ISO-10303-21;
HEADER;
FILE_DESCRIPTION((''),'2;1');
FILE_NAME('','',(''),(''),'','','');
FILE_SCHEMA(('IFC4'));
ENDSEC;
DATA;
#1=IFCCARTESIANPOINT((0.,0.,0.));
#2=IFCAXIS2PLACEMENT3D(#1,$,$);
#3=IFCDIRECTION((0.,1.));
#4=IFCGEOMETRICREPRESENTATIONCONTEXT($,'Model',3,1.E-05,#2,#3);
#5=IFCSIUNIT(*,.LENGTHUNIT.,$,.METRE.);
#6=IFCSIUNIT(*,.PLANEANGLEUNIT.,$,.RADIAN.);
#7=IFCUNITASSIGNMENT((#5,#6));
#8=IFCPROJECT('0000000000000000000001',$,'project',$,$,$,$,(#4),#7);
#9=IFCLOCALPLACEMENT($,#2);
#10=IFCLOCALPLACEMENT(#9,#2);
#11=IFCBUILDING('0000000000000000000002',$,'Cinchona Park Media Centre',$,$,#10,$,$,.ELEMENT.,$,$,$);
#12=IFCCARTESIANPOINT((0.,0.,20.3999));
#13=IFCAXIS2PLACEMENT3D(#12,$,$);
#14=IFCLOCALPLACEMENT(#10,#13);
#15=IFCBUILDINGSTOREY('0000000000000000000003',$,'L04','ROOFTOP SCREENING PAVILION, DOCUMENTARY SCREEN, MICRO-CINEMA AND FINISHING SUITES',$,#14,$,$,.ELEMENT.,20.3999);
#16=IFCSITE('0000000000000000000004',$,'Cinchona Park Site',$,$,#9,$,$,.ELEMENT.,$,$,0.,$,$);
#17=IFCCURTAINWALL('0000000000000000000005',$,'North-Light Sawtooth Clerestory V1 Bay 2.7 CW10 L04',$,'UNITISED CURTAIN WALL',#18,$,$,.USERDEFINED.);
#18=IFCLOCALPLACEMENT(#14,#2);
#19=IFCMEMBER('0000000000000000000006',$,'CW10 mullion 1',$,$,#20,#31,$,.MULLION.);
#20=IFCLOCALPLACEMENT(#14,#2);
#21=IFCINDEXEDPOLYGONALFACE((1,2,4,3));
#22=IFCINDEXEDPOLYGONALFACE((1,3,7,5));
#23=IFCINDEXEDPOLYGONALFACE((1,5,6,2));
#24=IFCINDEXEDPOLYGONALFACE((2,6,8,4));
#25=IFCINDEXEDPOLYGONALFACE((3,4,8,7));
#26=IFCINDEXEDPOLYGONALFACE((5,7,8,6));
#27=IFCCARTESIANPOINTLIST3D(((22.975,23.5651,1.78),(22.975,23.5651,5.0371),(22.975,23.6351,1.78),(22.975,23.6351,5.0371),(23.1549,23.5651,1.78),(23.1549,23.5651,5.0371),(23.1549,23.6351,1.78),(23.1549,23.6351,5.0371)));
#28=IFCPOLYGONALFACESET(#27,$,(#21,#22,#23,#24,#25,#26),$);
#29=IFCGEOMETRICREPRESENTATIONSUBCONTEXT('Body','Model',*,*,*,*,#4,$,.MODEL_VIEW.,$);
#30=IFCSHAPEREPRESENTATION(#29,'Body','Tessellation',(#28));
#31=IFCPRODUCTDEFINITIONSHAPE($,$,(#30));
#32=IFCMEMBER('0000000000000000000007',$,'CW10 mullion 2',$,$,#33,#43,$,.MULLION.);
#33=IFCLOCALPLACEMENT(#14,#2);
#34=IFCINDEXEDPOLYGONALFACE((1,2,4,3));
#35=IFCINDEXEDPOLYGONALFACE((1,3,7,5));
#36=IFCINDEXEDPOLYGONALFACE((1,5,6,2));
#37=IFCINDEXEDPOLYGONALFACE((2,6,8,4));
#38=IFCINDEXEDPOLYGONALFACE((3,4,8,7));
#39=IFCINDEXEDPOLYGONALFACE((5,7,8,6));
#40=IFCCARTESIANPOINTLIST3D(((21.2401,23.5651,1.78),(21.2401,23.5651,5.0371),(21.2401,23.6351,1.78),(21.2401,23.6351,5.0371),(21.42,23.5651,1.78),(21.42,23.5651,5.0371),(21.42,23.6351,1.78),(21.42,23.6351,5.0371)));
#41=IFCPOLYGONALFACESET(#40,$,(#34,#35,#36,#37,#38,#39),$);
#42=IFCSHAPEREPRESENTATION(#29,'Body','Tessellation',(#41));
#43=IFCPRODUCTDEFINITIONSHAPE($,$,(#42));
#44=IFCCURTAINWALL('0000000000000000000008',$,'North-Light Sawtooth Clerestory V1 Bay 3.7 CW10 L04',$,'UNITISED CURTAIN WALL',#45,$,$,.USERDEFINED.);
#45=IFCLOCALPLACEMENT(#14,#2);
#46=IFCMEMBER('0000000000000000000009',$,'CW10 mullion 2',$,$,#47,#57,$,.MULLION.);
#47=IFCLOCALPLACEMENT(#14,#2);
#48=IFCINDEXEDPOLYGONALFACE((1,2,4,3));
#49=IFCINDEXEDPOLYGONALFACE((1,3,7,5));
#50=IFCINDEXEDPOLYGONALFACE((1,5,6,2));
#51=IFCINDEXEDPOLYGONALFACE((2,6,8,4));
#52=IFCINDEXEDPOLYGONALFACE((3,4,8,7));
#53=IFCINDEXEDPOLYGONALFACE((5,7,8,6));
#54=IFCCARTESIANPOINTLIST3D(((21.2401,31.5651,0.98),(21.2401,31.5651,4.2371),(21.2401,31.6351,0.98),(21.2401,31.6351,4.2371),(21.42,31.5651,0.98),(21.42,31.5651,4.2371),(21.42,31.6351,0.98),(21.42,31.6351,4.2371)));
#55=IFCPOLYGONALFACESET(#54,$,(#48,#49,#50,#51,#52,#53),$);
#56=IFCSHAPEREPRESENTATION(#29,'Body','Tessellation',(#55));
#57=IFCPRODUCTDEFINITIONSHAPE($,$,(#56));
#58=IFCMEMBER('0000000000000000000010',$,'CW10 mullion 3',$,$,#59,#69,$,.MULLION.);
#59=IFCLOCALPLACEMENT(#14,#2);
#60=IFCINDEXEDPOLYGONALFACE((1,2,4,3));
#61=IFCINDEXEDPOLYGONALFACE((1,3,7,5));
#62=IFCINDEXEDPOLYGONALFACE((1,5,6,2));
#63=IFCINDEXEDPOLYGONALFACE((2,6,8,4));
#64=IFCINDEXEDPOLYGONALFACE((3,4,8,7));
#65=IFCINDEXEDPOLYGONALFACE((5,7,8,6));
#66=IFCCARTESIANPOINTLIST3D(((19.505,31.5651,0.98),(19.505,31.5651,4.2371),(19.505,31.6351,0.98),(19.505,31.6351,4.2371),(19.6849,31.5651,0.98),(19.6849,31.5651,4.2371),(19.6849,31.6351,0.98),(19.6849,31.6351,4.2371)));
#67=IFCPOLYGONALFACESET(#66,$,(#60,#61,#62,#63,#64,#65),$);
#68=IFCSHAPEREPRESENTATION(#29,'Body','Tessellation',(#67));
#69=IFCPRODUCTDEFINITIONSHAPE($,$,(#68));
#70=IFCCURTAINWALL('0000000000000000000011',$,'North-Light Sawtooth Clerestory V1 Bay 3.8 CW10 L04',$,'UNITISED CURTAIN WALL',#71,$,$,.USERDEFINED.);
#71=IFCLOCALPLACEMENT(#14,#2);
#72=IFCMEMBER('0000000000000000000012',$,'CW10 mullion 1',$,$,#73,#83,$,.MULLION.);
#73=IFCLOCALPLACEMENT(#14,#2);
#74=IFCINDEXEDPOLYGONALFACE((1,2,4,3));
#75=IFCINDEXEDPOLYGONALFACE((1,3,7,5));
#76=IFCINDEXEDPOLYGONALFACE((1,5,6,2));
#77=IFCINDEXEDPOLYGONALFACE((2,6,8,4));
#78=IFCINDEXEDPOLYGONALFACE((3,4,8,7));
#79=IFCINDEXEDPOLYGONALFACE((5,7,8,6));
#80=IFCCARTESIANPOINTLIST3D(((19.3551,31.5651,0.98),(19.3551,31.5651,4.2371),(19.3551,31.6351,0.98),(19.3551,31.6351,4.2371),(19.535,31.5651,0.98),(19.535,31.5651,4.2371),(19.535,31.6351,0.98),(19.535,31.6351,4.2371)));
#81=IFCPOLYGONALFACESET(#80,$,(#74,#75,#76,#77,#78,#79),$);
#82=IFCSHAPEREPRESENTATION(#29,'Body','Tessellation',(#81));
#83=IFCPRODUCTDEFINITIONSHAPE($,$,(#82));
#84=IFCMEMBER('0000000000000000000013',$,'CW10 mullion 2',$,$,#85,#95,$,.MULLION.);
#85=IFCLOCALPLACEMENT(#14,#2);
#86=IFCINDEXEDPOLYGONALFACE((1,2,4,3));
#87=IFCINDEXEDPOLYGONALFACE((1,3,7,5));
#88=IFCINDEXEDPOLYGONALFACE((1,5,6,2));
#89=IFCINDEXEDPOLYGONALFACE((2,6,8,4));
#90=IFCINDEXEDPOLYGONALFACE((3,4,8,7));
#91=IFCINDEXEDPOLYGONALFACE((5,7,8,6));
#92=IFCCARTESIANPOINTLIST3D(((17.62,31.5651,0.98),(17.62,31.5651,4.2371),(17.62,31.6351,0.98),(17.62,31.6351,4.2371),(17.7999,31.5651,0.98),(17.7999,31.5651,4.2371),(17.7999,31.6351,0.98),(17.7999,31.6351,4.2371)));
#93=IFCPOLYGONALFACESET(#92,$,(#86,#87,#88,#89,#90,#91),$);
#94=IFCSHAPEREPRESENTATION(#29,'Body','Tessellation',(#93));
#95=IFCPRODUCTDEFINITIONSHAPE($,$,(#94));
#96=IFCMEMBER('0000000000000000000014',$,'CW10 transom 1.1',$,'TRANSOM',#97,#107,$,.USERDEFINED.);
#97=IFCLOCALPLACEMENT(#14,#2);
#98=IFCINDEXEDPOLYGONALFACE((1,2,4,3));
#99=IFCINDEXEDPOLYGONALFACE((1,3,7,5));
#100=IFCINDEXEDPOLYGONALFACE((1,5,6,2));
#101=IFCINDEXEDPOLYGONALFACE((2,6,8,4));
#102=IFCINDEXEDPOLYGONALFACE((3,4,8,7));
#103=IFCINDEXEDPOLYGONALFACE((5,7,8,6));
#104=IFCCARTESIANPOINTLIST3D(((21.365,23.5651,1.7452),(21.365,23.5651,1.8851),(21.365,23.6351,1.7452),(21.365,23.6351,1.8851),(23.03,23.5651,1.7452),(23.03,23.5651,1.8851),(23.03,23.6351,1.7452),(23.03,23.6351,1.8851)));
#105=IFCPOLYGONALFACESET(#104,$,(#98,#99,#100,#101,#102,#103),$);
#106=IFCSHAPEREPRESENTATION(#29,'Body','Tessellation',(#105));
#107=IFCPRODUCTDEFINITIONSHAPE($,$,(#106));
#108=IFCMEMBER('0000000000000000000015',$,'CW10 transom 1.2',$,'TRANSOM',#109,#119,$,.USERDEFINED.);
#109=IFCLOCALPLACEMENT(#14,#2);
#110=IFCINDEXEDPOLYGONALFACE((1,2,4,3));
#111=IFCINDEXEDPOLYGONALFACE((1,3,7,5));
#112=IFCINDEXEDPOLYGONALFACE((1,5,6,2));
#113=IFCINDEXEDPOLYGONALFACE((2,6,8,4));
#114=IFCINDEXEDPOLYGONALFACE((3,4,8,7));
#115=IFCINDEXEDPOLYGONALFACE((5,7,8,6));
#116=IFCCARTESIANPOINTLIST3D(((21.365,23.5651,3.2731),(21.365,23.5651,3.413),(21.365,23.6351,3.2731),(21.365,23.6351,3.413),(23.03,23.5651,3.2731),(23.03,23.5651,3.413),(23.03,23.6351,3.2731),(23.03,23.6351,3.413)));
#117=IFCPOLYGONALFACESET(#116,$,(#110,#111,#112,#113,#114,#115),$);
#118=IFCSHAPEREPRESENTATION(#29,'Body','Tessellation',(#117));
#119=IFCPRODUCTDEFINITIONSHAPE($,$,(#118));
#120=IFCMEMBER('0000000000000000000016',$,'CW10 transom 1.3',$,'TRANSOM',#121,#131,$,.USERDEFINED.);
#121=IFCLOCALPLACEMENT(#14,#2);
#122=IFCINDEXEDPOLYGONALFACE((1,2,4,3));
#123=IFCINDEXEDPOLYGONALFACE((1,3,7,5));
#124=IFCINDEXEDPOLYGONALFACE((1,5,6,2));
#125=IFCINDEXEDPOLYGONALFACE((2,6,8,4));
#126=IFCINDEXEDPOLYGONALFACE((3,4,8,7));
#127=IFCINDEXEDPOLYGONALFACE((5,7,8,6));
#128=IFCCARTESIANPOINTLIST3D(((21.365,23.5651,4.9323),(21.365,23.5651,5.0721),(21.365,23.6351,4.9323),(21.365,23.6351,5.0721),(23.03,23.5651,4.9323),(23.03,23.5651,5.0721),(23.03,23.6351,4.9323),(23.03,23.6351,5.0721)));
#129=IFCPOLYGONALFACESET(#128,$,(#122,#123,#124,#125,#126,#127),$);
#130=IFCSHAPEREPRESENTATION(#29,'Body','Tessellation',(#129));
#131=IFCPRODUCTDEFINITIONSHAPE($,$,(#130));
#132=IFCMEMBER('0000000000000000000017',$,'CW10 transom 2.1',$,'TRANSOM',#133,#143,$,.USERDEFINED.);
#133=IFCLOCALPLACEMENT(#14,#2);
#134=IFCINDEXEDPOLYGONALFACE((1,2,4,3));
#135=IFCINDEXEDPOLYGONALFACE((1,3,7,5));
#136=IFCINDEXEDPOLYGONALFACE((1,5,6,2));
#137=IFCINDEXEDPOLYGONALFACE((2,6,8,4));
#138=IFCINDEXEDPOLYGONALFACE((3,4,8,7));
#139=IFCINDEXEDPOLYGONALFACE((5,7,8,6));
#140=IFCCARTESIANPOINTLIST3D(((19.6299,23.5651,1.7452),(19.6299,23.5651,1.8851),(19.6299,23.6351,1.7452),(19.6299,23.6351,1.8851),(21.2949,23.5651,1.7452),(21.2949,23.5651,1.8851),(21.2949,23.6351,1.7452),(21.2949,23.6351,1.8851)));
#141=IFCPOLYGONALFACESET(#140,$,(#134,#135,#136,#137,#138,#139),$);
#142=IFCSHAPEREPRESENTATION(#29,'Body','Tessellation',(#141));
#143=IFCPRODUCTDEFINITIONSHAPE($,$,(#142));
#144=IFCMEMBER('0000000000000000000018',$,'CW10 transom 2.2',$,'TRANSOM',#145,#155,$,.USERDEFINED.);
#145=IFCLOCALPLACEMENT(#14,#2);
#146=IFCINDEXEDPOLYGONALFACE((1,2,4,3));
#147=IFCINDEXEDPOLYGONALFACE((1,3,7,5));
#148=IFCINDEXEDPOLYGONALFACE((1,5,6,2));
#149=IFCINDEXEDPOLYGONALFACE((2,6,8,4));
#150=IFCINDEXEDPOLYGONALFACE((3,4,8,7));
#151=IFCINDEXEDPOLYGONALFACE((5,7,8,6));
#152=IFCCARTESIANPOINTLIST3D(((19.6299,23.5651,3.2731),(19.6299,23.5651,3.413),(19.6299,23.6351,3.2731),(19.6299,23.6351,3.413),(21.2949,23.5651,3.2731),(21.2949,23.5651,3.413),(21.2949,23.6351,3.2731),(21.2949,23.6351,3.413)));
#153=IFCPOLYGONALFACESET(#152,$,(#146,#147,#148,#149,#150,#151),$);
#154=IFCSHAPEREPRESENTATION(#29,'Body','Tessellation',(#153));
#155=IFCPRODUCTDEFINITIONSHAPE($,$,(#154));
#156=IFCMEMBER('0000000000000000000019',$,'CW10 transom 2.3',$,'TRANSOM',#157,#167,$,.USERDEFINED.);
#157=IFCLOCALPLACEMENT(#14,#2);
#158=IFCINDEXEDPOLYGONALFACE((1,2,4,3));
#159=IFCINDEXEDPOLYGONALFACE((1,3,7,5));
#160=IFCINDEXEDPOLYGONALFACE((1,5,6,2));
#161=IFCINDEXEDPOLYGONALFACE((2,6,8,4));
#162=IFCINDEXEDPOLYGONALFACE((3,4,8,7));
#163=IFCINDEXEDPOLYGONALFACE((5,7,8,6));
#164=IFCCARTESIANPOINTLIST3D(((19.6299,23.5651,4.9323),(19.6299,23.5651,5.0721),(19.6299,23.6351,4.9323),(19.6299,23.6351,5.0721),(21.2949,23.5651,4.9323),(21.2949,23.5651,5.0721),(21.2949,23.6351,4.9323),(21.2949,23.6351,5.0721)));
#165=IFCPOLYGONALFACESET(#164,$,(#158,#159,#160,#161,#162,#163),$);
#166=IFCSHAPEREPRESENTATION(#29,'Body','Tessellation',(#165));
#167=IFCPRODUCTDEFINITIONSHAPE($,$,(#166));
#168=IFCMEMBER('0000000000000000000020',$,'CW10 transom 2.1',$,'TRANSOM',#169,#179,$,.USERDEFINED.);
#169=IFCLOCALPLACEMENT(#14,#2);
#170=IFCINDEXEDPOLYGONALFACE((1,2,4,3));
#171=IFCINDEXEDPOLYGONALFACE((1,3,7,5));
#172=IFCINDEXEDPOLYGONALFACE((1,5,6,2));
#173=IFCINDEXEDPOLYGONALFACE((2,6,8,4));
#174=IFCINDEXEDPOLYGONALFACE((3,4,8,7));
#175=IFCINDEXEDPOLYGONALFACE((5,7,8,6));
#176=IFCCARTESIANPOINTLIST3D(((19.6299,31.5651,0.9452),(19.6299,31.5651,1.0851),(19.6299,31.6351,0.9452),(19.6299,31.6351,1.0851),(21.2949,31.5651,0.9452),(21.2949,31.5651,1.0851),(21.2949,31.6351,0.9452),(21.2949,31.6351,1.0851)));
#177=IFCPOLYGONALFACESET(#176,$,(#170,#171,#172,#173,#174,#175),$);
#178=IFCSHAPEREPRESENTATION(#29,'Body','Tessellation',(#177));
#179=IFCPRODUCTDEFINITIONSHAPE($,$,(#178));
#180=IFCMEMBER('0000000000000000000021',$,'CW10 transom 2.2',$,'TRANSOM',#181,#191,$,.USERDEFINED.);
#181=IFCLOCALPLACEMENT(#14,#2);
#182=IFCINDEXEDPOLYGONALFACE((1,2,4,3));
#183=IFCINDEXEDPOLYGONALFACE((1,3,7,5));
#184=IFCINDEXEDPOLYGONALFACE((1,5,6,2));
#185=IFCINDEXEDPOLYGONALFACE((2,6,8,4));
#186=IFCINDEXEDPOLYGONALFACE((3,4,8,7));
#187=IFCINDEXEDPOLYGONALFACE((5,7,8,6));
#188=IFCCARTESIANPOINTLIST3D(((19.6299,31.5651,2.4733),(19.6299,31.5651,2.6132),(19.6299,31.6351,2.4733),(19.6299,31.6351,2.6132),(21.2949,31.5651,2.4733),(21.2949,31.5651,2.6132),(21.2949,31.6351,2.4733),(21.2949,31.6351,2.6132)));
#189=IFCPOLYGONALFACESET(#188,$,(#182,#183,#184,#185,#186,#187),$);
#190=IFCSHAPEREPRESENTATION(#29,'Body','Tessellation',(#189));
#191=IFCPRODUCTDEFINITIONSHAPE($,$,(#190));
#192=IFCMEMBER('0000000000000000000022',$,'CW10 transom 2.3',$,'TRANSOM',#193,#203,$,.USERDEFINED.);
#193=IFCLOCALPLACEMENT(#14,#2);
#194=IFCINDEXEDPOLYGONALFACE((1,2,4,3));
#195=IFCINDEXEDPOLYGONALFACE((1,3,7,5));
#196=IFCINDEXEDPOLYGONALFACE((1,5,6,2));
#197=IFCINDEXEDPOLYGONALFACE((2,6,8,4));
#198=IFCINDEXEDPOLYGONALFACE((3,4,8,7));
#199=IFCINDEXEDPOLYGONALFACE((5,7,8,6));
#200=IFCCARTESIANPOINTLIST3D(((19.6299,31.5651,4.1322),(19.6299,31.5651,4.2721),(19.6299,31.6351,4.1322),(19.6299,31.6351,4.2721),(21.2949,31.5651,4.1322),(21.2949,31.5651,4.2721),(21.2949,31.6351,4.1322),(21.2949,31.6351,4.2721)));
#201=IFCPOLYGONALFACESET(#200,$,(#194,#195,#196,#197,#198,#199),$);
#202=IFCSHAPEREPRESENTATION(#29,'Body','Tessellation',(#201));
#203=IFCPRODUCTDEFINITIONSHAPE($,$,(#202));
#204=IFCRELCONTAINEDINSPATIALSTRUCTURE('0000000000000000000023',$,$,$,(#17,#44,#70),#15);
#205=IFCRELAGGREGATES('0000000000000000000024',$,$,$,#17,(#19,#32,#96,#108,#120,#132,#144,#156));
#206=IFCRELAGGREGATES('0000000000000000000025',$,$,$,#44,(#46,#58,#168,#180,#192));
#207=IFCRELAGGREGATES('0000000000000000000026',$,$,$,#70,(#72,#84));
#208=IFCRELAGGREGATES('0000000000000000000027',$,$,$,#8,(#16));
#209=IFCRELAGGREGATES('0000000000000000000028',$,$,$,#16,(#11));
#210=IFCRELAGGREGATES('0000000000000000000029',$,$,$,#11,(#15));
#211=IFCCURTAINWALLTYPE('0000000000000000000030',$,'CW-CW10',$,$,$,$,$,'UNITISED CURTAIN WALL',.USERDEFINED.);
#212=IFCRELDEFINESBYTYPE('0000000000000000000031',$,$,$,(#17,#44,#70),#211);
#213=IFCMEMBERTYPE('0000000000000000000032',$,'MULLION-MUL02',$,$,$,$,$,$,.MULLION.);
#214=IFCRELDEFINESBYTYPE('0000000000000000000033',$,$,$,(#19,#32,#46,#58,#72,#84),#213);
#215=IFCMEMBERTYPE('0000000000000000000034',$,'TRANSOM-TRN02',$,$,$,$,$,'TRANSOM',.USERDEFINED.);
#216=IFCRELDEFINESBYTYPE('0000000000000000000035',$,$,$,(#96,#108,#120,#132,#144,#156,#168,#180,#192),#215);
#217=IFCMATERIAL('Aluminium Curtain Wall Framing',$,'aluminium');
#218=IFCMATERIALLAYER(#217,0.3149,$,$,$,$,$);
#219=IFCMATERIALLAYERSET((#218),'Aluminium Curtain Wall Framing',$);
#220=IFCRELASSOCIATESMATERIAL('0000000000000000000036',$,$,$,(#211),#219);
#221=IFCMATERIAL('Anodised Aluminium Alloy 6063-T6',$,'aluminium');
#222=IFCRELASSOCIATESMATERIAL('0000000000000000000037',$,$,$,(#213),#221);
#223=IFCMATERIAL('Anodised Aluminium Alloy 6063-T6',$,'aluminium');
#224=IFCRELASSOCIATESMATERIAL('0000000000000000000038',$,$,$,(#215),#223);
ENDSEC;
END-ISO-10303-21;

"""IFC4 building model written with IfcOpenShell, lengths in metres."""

from ifc_helpers import new_model, si_unit, direction, frame, origin, origin_2d, place, context, subcontext, project, spatial, rectangle, extrude, material, layer, layer_set, material_profile, profile_set, type_object, element, aggregate, save


model = new_model("IFC4")

# Units and contexts
model_context = context("Model", 3, precision=1e-05, world=origin(), true_north=direction((0.0, 1.0)))
body_context = subcontext(model_context, "Body", "Model", "MODEL_VIEW")
ifc_project = project(units=[si_unit("LENGTHUNIT", "METRE"), si_unit("PLANEANGLEUNIT", "RADIAN")], contexts=[model_context])

# Site, building, storey
site_placement = place(None, origin())
site = spatial("IfcSite", under=ifc_project, at=site_placement, Name="Cinchona Park Site", CompositionType="ELEMENT", RefElevation=0.0)
building_placement = place(site_placement, origin())
building = spatial("IfcBuilding", under=site, at=building_placement, Name="Cinchona Park Media Centre", CompositionType="ELEMENT")
storey_placement = place(building_placement, frame((0.0, 0.0, 20.3999)))
storey = spatial("IfcBuildingStorey", under=building, at=storey_placement, Name="L04", Description="ROOFTOP SCREENING PAVILION, DOCUMENTARY SCREEN, MICRO-CINEMA AND FINISHING SUITES", CompositionType="ELEMENT", Elevation=20.3999)

# Curtain walls, members
ifc_material_1 = material(Name="Aluminium Curtain Wall Framing", Category="aluminium")
ifc_layer_1 = layer(ifc_material_1, 0.3149)
ifc_layer_set_1 = layer_set([ifc_layer_1], Name="Aluminium Curtain Wall Framing")
curtain_wall_type = type_object("IfcCurtainWallType", Name="CW-CW10", ElementType="UNITISED CURTAIN WALL", PredefinedType="USERDEFINED", material=ifc_layer_set_1)
curtain_wall_1_placement = place(storey_placement, origin())
curtain_wall_1 = element("IfcCurtainWall", 1, at=curtain_wall_1_placement, inside=storey, type_object=curtain_wall_type, Name="North-Light Sawtooth Clerestory V1 Bay 2.7 CW10 L04", ObjectType="UNITISED CURTAIN WALL", PredefinedType="USERDEFINED")
ifc_material_2 = material(Name="Anodised Aluminium Alloy 6063-T6", Category="aluminium")
ifc_material_profile_1 = material_profile(ifc_material_2, rectangle(XDim=0.0701, YDim=0.1799, at=origin_2d()), Name="MUL-70X180")
ifc_profile_set_1 = profile_set([ifc_material_profile_1], Name="Anodised Aluminium Alloy 6063-T6")
member_type_1 = type_object("IfcMemberType", Name="MULLION-MUL02", PredefinedType="MULLION", material=ifc_profile_set_1)
member_1_placement = place(storey_placement, frame((23.0649, 23.6001, 1.78), z_axis=(0.0, 0.0, 1.0), x_axis=(0.0, -1.0, 0.0)))
member_1 = element("IfcMember", 2, at=member_1_placement, type_object=member_type_1, Name="CW10 mullion 1", PredefinedType="MULLION", context=body_context, shape_type="SweptSolid", body=[
    extrude(rectangle(XDim=0.0701, YDim=0.1799, at=origin_2d()), origin(), (0.0, 0.0, 1.0), 3.2571),
])
member_2_placement = place(storey_placement, frame((21.3301, 23.6001, 1.78), z_axis=(0.0, 0.0, 1.0), x_axis=(0.0, -1.0, 0.0)))
member_2 = element("IfcMember", 3, at=member_2_placement, type_object=member_type_1, Name="CW10 mullion 2", PredefinedType="MULLION", context=body_context, shape_type="SweptSolid", body=[
    extrude(rectangle(XDim=0.0701, YDim=0.1799, at=origin_2d()), origin(), (0.0, 0.0, 1.0), 3.2571),
])
curtain_wall_2_placement = place(storey_placement, origin())
curtain_wall_2 = element("IfcCurtainWall", 4, at=curtain_wall_2_placement, inside=storey, type_object=curtain_wall_type, Name="North-Light Sawtooth Clerestory V1 Bay 3.7 CW10 L04", ObjectType="UNITISED CURTAIN WALL", PredefinedType="USERDEFINED")
member_3_placement = place(storey_placement, frame((21.3301, 31.6001, 0.98), z_axis=(0.0, 0.0, 1.0), x_axis=(0.0, -1.0, 0.0)))
member_3 = element("IfcMember", 5, at=member_3_placement, type_object=member_type_1, Name="CW10 mullion 2", PredefinedType="MULLION", context=body_context, shape_type="SweptSolid", body=[
    extrude(rectangle(XDim=0.0701, YDim=0.1799, at=origin_2d()), origin(), (0.0, 0.0, 1.0), 3.2571),
])
member_4_placement = place(storey_placement, frame((19.595, 31.6001, 0.98), z_axis=(0.0, 0.0, 1.0), x_axis=(0.0, -1.0, 0.0)))
member_4 = element("IfcMember", 6, at=member_4_placement, type_object=member_type_1, Name="CW10 mullion 3", PredefinedType="MULLION", context=body_context, shape_type="SweptSolid", body=[
    extrude(rectangle(XDim=0.0701, YDim=0.1799, at=origin_2d()), origin(), (0.0, 0.0, 1.0), 3.2571),
])
curtain_wall_3_placement = place(storey_placement, origin())
curtain_wall_3 = element("IfcCurtainWall", 7, at=curtain_wall_3_placement, inside=storey, type_object=curtain_wall_type, Name="North-Light Sawtooth Clerestory V1 Bay 3.8 CW10 L04", ObjectType="UNITISED CURTAIN WALL", PredefinedType="USERDEFINED")
member_5_placement = place(storey_placement, frame((19.4451, 31.6001, 0.98), z_axis=(0.0, 0.0, 1.0), x_axis=(0.0, -1.0, 0.0)))
member_5 = element("IfcMember", 8, at=member_5_placement, type_object=member_type_1, Name="CW10 mullion 1", PredefinedType="MULLION", context=body_context, shape_type="SweptSolid", body=[
    extrude(rectangle(XDim=0.0701, YDim=0.1799, at=origin_2d()), origin(), (0.0, 0.0, 1.0), 3.2571),
])
member_6_placement = place(storey_placement, frame((17.71, 31.6001, 0.98), z_axis=(0.0, 0.0, 1.0), x_axis=(0.0, -1.0, 0.0)))
member_6 = element("IfcMember", 9, at=member_6_placement, type_object=member_type_1, Name="CW10 mullion 2", PredefinedType="MULLION", context=body_context, shape_type="SweptSolid", body=[
    extrude(rectangle(XDim=0.0701, YDim=0.1799, at=origin_2d()), origin(), (0.0, 0.0, 1.0), 3.2571),
])

# Members
ifc_material_3 = material(Name="Anodised Aluminium Alloy 6063-T6", Category="aluminium")
ifc_material_profile_2 = material_profile(ifc_material_3, rectangle(XDim=0.0701, YDim=0.1399, at=origin_2d()), Name="TRN-70X140")
ifc_profile_set_2 = profile_set([ifc_material_profile_2], Name="Anodised Aluminium Alloy 6063-T6")
member_type_2 = type_object("IfcMemberType", Name="TRANSOM-TRN02", ElementType="TRANSOM", PredefinedType="USERDEFINED", material=ifc_profile_set_2)
member_7_placement = place(storey_placement, frame((23.03, 23.6001, 1.8152), z_axis=(-1.0, 0.0, 0.0), x_axis=(0.0, -1.0, 0.0)))
member_7 = element("IfcMember", 10, at=member_7_placement, type_object=member_type_2, Name="CW10 transom 1.1", ObjectType="TRANSOM", PredefinedType="USERDEFINED", context=body_context, shape_type="SweptSolid", body=[
    extrude(rectangle(XDim=0.0701, YDim=0.1399, at=origin_2d()), origin(), (0.0, 0.0, 1.0), 1.665),
])
member_8_placement = place(storey_placement, frame((23.03, 23.6001, 3.343), z_axis=(-1.0, 0.0, 0.0), x_axis=(0.0, -1.0, 0.0)))
member_8 = element("IfcMember", 11, at=member_8_placement, type_object=member_type_2, Name="CW10 transom 1.2", ObjectType="TRANSOM", PredefinedType="USERDEFINED", context=body_context, shape_type="SweptSolid", body=[
    extrude(rectangle(XDim=0.0701, YDim=0.1399, at=origin_2d()), origin(), (0.0, 0.0, 1.0), 1.665),
])
member_9_placement = place(storey_placement, frame((23.03, 23.6001, 5.0022), z_axis=(-1.0, 0.0, 0.0), x_axis=(0.0, -1.0, 0.0)))
member_9 = element("IfcMember", 12, at=member_9_placement, type_object=member_type_2, Name="CW10 transom 1.3", ObjectType="TRANSOM", PredefinedType="USERDEFINED", context=body_context, shape_type="SweptSolid", body=[
    extrude(rectangle(XDim=0.0701, YDim=0.1399, at=origin_2d()), origin(), (0.0, 0.0, 1.0), 1.665),
])
member_10_placement = place(storey_placement, frame((21.2949, 23.6001, 1.8152), z_axis=(-1.0, 0.0, 0.0), x_axis=(0.0, -1.0, 0.0)))
member_10 = element("IfcMember", 13, at=member_10_placement, type_object=member_type_2, Name="CW10 transom 2.1", ObjectType="TRANSOM", PredefinedType="USERDEFINED", context=body_context, shape_type="SweptSolid", body=[
    extrude(rectangle(XDim=0.0701, YDim=0.1399, at=origin_2d()), origin(), (0.0, 0.0, 1.0), 1.665),
])
member_11_placement = place(storey_placement, frame((21.2949, 23.6001, 3.343), z_axis=(-1.0, 0.0, 0.0), x_axis=(0.0, -1.0, 0.0)))
member_11 = element("IfcMember", 14, at=member_11_placement, type_object=member_type_2, Name="CW10 transom 2.2", ObjectType="TRANSOM", PredefinedType="USERDEFINED", context=body_context, shape_type="SweptSolid", body=[
    extrude(rectangle(XDim=0.0701, YDim=0.1399, at=origin_2d()), origin(), (0.0, 0.0, 1.0), 1.665),
])
member_12_placement = place(storey_placement, frame((21.2949, 23.6001, 5.0022), z_axis=(-1.0, 0.0, 0.0), x_axis=(0.0, -1.0, 0.0)))
member_12 = element("IfcMember", 15, at=member_12_placement, type_object=member_type_2, Name="CW10 transom 2.3", ObjectType="TRANSOM", PredefinedType="USERDEFINED", context=body_context, shape_type="SweptSolid", body=[
    extrude(rectangle(XDim=0.0701, YDim=0.1399, at=origin_2d()), origin(), (0.0, 0.0, 1.0), 1.665),
])
member_13_placement = place(storey_placement, frame((21.2949, 31.6001, 1.0151), z_axis=(-1.0, 0.0, 0.0), x_axis=(0.0, -1.0, 0.0)))
member_13 = element("IfcMember", 16, at=member_13_placement, type_object=member_type_2, Name="CW10 transom 2.1", ObjectType="TRANSOM", PredefinedType="USERDEFINED", context=body_context, shape_type="SweptSolid", body=[
    extrude(rectangle(XDim=0.0701, YDim=0.1399, at=origin_2d()), origin(), (0.0, 0.0, 1.0), 1.665),
])
member_14_placement = place(storey_placement, frame((21.2949, 31.6001, 2.5432), z_axis=(-1.0, 0.0, 0.0), x_axis=(0.0, -1.0, 0.0)))
member_14 = element("IfcMember", 17, at=member_14_placement, type_object=member_type_2, Name="CW10 transom 2.2", ObjectType="TRANSOM", PredefinedType="USERDEFINED", context=body_context, shape_type="SweptSolid", body=[
    extrude(rectangle(XDim=0.0701, YDim=0.1399, at=origin_2d()), origin(), (0.0, 0.0, 1.0), 1.665),
])
member_15_placement = place(storey_placement, frame((21.2949, 31.6001, 4.2021), z_axis=(-1.0, 0.0, 0.0), x_axis=(0.0, -1.0, 0.0)))
member_15 = element("IfcMember", 18, at=member_15_placement, type_object=member_type_2, Name="CW10 transom 2.3", ObjectType="TRANSOM", PredefinedType="USERDEFINED", context=body_context, shape_type="SweptSolid", body=[
    extrude(rectangle(XDim=0.0701, YDim=0.1399, at=origin_2d()), origin(), (0.0, 0.0, 1.0), 1.665),
])

aggregate(curtain_wall_1, [member_1, member_2, member_7, member_8, member_9, member_10, member_11, member_12])
aggregate(curtain_wall_2, [member_3, member_4, member_13, member_14, member_15])
aggregate(curtain_wall_3, [member_5, member_6])

save(model, "model.ifc")
